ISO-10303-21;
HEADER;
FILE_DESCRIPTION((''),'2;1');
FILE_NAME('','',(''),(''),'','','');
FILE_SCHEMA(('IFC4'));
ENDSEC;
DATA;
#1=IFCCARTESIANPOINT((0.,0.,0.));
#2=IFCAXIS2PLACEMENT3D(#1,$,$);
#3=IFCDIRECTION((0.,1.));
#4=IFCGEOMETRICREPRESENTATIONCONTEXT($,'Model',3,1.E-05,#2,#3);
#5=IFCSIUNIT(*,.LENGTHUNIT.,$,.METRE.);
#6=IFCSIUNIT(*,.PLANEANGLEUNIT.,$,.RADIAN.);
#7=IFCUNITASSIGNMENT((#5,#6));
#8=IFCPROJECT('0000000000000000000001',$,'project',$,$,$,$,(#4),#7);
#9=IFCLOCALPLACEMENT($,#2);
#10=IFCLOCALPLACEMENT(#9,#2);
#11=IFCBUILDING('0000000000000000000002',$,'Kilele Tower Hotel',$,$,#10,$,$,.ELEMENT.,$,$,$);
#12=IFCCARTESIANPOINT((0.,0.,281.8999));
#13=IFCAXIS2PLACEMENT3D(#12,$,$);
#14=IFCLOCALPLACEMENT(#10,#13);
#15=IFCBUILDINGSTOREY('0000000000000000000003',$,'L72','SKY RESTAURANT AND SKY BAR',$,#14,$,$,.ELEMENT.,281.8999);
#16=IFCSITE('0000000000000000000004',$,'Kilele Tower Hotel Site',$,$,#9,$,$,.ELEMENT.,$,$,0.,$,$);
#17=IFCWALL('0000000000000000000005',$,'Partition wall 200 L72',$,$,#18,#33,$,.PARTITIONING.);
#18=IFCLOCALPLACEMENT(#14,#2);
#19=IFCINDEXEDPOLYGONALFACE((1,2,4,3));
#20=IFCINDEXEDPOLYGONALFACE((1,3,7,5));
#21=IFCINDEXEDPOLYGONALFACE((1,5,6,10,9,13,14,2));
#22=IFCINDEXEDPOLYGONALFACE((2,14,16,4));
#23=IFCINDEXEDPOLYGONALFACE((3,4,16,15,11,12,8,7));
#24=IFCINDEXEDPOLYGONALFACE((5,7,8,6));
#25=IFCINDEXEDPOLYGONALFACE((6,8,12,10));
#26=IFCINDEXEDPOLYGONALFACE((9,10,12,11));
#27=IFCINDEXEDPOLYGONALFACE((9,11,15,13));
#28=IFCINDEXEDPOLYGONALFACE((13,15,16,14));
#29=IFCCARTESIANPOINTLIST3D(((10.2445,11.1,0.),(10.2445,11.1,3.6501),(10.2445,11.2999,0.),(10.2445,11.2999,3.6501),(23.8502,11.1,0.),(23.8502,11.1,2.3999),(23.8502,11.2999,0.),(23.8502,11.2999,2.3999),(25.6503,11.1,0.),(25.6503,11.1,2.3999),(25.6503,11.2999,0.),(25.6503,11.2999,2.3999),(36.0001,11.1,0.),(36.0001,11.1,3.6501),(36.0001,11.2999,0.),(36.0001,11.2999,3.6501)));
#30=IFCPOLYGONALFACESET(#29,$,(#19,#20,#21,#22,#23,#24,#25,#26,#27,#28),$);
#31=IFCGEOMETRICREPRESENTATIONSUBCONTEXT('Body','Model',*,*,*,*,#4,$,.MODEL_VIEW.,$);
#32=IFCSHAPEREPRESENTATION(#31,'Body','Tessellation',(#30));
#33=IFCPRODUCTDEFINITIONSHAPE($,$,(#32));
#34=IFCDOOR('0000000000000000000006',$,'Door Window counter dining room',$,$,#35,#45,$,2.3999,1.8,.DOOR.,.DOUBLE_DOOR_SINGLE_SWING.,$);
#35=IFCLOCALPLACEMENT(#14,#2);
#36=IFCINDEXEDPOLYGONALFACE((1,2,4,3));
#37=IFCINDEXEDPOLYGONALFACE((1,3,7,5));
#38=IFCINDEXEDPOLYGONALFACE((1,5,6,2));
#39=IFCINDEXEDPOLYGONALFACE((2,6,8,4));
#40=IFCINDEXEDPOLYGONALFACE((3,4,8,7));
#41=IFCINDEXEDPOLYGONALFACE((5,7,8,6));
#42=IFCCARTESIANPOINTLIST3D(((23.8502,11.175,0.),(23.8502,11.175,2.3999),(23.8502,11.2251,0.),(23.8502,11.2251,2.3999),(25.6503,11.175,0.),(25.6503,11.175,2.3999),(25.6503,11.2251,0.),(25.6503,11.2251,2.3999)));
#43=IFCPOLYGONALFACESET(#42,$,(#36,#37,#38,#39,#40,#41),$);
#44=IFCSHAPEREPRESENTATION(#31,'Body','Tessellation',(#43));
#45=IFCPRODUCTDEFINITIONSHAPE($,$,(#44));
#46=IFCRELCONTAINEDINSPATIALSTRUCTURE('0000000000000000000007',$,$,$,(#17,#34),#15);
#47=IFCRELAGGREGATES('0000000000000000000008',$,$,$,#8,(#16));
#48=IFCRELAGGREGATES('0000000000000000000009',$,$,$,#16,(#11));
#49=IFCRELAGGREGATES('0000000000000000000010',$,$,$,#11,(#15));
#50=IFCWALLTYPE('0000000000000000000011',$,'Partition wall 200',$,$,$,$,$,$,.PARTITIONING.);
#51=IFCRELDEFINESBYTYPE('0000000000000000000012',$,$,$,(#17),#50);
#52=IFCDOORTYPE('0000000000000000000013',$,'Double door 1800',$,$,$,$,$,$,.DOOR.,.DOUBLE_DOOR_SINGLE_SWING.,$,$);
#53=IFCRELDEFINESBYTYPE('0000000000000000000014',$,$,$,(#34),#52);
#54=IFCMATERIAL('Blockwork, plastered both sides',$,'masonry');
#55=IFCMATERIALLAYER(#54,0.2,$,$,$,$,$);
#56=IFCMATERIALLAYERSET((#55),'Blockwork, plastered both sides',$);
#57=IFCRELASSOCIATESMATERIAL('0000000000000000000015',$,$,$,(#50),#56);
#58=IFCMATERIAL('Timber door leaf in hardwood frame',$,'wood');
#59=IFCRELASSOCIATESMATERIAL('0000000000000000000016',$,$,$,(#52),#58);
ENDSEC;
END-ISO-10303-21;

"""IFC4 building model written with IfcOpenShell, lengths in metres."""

from ifc_helpers import new_model, si_unit, direction, frame, frame_2d, origin, place, context, subcontext, project, spatial, rectangle, extrude, material, layer, layer_set, type_object, element, fill, save


model = new_model("IFC4")

# Units and contexts
model_context = context("Model", 3, precision=1e-05, world=origin(), true_north=direction((0.0, 1.0)))
body_context = subcontext(model_context, "Body", "Model", "MODEL_VIEW")
ifc_project = project(units=[si_unit("LENGTHUNIT", "METRE"), si_unit("PLANEANGLEUNIT", "RADIAN")], contexts=[model_context])

# Site, building, storey
site_placement = place(None, origin())
site = spatial("IfcSite", under=ifc_project, at=site_placement, Name="Kilele Tower Hotel Site", CompositionType="ELEMENT", RefElevation=0.0)
building_placement = place(site_placement, origin())
building = spatial("IfcBuilding", under=site, at=building_placement, Name="Kilele Tower Hotel", CompositionType="ELEMENT")
storey_placement = place(building_placement, frame((0.0, 0.0, 281.8999)))
storey = spatial("IfcBuildingStorey", under=building, at=storey_placement, Name="L72", Description="SKY RESTAURANT AND SKY BAR", CompositionType="ELEMENT", Elevation=281.8999)

# Wall, opening, door
ifc_material_1 = material(Name="Blockwork, plastered both sides", Category="masonry")
ifc_layer_1 = layer(ifc_material_1, 0.2)
ifc_layer_set_1 = layer_set([ifc_layer_1], Name="Blockwork, plastered both sides")
wall_type = type_object("IfcWallType", Name="Partition wall 200", PredefinedType="PARTITIONING", material=ifc_layer_set_1)
wall_placement = place(storey_placement, frame((10.2444, 11.2, 0.0), z_axis=(0.0, 0.0, 1.0), x_axis=(1.0, 0.0, 0.0)))
wall = element("IfcWall", 1, at=wall_placement, inside=storey, type_object=wall_type, Name="Partition wall 200 L72", PredefinedType="PARTITIONING", context=body_context, shape_type="SweptSolid", body=[
    extrude(rectangle(XDim=25.7556, YDim=0.2, at=frame_2d((12.8779, 0.0))), origin(), (0.0, 0.0, 1.0), 3.6501),
])
opening_placement = place(wall_placement, frame((15.4058, 0.0, 0.0), z_axis=(0.0, 0.0, 1.0), x_axis=(-1.0, 0.0, 0.0)))
opening = element("IfcOpeningElement", 2, at=opening_placement, cuts=wall, PredefinedType="OPENING", context=body_context, shape_type="SweptSolid", body=[
    extrude(rectangle(XDim=1.8, YDim=2.3999, at=frame_2d((0.8999, 1.2))), frame((0.0, 0.1099, 0.0), z_axis=(0.0, -1.0, 0.0), x_axis=(1.0, 0.0, 0.0)), (0.0, 0.0, 1.0), 0.22),
])
ifc_material_2 = material(Name="Timber door leaf in hardwood frame", Category="wood")
door_type = type_object("IfcDoorType", Name="Double door 1800", OperationType="DOUBLE_DOOR_SINGLE_SWING", PredefinedType="DOOR", material=ifc_material_2)
door_placement = place(opening_placement, origin())
door = element("IfcDoor", 3, at=door_placement, inside=storey, type_object=door_type, Name="Door Window counter dining room", OperationType="DOUBLE_DOOR_SINGLE_SWING", OverallHeight=2.3999, OverallWidth=1.8, PredefinedType="DOOR", context=body_context, shape_type="SweptSolid", body=[
    extrude(rectangle(XDim=1.8, YDim=2.3999, at=frame_2d((0.8999, 1.2))), frame((0.0, 0.0249, 0.0), z_axis=(0.0, -1.0, 0.0), x_axis=(1.0, 0.0, 0.0)), (0.0, 0.0, 1.0), 0.05),
])
fill(opening, door)

save(model, "model.ifc")
